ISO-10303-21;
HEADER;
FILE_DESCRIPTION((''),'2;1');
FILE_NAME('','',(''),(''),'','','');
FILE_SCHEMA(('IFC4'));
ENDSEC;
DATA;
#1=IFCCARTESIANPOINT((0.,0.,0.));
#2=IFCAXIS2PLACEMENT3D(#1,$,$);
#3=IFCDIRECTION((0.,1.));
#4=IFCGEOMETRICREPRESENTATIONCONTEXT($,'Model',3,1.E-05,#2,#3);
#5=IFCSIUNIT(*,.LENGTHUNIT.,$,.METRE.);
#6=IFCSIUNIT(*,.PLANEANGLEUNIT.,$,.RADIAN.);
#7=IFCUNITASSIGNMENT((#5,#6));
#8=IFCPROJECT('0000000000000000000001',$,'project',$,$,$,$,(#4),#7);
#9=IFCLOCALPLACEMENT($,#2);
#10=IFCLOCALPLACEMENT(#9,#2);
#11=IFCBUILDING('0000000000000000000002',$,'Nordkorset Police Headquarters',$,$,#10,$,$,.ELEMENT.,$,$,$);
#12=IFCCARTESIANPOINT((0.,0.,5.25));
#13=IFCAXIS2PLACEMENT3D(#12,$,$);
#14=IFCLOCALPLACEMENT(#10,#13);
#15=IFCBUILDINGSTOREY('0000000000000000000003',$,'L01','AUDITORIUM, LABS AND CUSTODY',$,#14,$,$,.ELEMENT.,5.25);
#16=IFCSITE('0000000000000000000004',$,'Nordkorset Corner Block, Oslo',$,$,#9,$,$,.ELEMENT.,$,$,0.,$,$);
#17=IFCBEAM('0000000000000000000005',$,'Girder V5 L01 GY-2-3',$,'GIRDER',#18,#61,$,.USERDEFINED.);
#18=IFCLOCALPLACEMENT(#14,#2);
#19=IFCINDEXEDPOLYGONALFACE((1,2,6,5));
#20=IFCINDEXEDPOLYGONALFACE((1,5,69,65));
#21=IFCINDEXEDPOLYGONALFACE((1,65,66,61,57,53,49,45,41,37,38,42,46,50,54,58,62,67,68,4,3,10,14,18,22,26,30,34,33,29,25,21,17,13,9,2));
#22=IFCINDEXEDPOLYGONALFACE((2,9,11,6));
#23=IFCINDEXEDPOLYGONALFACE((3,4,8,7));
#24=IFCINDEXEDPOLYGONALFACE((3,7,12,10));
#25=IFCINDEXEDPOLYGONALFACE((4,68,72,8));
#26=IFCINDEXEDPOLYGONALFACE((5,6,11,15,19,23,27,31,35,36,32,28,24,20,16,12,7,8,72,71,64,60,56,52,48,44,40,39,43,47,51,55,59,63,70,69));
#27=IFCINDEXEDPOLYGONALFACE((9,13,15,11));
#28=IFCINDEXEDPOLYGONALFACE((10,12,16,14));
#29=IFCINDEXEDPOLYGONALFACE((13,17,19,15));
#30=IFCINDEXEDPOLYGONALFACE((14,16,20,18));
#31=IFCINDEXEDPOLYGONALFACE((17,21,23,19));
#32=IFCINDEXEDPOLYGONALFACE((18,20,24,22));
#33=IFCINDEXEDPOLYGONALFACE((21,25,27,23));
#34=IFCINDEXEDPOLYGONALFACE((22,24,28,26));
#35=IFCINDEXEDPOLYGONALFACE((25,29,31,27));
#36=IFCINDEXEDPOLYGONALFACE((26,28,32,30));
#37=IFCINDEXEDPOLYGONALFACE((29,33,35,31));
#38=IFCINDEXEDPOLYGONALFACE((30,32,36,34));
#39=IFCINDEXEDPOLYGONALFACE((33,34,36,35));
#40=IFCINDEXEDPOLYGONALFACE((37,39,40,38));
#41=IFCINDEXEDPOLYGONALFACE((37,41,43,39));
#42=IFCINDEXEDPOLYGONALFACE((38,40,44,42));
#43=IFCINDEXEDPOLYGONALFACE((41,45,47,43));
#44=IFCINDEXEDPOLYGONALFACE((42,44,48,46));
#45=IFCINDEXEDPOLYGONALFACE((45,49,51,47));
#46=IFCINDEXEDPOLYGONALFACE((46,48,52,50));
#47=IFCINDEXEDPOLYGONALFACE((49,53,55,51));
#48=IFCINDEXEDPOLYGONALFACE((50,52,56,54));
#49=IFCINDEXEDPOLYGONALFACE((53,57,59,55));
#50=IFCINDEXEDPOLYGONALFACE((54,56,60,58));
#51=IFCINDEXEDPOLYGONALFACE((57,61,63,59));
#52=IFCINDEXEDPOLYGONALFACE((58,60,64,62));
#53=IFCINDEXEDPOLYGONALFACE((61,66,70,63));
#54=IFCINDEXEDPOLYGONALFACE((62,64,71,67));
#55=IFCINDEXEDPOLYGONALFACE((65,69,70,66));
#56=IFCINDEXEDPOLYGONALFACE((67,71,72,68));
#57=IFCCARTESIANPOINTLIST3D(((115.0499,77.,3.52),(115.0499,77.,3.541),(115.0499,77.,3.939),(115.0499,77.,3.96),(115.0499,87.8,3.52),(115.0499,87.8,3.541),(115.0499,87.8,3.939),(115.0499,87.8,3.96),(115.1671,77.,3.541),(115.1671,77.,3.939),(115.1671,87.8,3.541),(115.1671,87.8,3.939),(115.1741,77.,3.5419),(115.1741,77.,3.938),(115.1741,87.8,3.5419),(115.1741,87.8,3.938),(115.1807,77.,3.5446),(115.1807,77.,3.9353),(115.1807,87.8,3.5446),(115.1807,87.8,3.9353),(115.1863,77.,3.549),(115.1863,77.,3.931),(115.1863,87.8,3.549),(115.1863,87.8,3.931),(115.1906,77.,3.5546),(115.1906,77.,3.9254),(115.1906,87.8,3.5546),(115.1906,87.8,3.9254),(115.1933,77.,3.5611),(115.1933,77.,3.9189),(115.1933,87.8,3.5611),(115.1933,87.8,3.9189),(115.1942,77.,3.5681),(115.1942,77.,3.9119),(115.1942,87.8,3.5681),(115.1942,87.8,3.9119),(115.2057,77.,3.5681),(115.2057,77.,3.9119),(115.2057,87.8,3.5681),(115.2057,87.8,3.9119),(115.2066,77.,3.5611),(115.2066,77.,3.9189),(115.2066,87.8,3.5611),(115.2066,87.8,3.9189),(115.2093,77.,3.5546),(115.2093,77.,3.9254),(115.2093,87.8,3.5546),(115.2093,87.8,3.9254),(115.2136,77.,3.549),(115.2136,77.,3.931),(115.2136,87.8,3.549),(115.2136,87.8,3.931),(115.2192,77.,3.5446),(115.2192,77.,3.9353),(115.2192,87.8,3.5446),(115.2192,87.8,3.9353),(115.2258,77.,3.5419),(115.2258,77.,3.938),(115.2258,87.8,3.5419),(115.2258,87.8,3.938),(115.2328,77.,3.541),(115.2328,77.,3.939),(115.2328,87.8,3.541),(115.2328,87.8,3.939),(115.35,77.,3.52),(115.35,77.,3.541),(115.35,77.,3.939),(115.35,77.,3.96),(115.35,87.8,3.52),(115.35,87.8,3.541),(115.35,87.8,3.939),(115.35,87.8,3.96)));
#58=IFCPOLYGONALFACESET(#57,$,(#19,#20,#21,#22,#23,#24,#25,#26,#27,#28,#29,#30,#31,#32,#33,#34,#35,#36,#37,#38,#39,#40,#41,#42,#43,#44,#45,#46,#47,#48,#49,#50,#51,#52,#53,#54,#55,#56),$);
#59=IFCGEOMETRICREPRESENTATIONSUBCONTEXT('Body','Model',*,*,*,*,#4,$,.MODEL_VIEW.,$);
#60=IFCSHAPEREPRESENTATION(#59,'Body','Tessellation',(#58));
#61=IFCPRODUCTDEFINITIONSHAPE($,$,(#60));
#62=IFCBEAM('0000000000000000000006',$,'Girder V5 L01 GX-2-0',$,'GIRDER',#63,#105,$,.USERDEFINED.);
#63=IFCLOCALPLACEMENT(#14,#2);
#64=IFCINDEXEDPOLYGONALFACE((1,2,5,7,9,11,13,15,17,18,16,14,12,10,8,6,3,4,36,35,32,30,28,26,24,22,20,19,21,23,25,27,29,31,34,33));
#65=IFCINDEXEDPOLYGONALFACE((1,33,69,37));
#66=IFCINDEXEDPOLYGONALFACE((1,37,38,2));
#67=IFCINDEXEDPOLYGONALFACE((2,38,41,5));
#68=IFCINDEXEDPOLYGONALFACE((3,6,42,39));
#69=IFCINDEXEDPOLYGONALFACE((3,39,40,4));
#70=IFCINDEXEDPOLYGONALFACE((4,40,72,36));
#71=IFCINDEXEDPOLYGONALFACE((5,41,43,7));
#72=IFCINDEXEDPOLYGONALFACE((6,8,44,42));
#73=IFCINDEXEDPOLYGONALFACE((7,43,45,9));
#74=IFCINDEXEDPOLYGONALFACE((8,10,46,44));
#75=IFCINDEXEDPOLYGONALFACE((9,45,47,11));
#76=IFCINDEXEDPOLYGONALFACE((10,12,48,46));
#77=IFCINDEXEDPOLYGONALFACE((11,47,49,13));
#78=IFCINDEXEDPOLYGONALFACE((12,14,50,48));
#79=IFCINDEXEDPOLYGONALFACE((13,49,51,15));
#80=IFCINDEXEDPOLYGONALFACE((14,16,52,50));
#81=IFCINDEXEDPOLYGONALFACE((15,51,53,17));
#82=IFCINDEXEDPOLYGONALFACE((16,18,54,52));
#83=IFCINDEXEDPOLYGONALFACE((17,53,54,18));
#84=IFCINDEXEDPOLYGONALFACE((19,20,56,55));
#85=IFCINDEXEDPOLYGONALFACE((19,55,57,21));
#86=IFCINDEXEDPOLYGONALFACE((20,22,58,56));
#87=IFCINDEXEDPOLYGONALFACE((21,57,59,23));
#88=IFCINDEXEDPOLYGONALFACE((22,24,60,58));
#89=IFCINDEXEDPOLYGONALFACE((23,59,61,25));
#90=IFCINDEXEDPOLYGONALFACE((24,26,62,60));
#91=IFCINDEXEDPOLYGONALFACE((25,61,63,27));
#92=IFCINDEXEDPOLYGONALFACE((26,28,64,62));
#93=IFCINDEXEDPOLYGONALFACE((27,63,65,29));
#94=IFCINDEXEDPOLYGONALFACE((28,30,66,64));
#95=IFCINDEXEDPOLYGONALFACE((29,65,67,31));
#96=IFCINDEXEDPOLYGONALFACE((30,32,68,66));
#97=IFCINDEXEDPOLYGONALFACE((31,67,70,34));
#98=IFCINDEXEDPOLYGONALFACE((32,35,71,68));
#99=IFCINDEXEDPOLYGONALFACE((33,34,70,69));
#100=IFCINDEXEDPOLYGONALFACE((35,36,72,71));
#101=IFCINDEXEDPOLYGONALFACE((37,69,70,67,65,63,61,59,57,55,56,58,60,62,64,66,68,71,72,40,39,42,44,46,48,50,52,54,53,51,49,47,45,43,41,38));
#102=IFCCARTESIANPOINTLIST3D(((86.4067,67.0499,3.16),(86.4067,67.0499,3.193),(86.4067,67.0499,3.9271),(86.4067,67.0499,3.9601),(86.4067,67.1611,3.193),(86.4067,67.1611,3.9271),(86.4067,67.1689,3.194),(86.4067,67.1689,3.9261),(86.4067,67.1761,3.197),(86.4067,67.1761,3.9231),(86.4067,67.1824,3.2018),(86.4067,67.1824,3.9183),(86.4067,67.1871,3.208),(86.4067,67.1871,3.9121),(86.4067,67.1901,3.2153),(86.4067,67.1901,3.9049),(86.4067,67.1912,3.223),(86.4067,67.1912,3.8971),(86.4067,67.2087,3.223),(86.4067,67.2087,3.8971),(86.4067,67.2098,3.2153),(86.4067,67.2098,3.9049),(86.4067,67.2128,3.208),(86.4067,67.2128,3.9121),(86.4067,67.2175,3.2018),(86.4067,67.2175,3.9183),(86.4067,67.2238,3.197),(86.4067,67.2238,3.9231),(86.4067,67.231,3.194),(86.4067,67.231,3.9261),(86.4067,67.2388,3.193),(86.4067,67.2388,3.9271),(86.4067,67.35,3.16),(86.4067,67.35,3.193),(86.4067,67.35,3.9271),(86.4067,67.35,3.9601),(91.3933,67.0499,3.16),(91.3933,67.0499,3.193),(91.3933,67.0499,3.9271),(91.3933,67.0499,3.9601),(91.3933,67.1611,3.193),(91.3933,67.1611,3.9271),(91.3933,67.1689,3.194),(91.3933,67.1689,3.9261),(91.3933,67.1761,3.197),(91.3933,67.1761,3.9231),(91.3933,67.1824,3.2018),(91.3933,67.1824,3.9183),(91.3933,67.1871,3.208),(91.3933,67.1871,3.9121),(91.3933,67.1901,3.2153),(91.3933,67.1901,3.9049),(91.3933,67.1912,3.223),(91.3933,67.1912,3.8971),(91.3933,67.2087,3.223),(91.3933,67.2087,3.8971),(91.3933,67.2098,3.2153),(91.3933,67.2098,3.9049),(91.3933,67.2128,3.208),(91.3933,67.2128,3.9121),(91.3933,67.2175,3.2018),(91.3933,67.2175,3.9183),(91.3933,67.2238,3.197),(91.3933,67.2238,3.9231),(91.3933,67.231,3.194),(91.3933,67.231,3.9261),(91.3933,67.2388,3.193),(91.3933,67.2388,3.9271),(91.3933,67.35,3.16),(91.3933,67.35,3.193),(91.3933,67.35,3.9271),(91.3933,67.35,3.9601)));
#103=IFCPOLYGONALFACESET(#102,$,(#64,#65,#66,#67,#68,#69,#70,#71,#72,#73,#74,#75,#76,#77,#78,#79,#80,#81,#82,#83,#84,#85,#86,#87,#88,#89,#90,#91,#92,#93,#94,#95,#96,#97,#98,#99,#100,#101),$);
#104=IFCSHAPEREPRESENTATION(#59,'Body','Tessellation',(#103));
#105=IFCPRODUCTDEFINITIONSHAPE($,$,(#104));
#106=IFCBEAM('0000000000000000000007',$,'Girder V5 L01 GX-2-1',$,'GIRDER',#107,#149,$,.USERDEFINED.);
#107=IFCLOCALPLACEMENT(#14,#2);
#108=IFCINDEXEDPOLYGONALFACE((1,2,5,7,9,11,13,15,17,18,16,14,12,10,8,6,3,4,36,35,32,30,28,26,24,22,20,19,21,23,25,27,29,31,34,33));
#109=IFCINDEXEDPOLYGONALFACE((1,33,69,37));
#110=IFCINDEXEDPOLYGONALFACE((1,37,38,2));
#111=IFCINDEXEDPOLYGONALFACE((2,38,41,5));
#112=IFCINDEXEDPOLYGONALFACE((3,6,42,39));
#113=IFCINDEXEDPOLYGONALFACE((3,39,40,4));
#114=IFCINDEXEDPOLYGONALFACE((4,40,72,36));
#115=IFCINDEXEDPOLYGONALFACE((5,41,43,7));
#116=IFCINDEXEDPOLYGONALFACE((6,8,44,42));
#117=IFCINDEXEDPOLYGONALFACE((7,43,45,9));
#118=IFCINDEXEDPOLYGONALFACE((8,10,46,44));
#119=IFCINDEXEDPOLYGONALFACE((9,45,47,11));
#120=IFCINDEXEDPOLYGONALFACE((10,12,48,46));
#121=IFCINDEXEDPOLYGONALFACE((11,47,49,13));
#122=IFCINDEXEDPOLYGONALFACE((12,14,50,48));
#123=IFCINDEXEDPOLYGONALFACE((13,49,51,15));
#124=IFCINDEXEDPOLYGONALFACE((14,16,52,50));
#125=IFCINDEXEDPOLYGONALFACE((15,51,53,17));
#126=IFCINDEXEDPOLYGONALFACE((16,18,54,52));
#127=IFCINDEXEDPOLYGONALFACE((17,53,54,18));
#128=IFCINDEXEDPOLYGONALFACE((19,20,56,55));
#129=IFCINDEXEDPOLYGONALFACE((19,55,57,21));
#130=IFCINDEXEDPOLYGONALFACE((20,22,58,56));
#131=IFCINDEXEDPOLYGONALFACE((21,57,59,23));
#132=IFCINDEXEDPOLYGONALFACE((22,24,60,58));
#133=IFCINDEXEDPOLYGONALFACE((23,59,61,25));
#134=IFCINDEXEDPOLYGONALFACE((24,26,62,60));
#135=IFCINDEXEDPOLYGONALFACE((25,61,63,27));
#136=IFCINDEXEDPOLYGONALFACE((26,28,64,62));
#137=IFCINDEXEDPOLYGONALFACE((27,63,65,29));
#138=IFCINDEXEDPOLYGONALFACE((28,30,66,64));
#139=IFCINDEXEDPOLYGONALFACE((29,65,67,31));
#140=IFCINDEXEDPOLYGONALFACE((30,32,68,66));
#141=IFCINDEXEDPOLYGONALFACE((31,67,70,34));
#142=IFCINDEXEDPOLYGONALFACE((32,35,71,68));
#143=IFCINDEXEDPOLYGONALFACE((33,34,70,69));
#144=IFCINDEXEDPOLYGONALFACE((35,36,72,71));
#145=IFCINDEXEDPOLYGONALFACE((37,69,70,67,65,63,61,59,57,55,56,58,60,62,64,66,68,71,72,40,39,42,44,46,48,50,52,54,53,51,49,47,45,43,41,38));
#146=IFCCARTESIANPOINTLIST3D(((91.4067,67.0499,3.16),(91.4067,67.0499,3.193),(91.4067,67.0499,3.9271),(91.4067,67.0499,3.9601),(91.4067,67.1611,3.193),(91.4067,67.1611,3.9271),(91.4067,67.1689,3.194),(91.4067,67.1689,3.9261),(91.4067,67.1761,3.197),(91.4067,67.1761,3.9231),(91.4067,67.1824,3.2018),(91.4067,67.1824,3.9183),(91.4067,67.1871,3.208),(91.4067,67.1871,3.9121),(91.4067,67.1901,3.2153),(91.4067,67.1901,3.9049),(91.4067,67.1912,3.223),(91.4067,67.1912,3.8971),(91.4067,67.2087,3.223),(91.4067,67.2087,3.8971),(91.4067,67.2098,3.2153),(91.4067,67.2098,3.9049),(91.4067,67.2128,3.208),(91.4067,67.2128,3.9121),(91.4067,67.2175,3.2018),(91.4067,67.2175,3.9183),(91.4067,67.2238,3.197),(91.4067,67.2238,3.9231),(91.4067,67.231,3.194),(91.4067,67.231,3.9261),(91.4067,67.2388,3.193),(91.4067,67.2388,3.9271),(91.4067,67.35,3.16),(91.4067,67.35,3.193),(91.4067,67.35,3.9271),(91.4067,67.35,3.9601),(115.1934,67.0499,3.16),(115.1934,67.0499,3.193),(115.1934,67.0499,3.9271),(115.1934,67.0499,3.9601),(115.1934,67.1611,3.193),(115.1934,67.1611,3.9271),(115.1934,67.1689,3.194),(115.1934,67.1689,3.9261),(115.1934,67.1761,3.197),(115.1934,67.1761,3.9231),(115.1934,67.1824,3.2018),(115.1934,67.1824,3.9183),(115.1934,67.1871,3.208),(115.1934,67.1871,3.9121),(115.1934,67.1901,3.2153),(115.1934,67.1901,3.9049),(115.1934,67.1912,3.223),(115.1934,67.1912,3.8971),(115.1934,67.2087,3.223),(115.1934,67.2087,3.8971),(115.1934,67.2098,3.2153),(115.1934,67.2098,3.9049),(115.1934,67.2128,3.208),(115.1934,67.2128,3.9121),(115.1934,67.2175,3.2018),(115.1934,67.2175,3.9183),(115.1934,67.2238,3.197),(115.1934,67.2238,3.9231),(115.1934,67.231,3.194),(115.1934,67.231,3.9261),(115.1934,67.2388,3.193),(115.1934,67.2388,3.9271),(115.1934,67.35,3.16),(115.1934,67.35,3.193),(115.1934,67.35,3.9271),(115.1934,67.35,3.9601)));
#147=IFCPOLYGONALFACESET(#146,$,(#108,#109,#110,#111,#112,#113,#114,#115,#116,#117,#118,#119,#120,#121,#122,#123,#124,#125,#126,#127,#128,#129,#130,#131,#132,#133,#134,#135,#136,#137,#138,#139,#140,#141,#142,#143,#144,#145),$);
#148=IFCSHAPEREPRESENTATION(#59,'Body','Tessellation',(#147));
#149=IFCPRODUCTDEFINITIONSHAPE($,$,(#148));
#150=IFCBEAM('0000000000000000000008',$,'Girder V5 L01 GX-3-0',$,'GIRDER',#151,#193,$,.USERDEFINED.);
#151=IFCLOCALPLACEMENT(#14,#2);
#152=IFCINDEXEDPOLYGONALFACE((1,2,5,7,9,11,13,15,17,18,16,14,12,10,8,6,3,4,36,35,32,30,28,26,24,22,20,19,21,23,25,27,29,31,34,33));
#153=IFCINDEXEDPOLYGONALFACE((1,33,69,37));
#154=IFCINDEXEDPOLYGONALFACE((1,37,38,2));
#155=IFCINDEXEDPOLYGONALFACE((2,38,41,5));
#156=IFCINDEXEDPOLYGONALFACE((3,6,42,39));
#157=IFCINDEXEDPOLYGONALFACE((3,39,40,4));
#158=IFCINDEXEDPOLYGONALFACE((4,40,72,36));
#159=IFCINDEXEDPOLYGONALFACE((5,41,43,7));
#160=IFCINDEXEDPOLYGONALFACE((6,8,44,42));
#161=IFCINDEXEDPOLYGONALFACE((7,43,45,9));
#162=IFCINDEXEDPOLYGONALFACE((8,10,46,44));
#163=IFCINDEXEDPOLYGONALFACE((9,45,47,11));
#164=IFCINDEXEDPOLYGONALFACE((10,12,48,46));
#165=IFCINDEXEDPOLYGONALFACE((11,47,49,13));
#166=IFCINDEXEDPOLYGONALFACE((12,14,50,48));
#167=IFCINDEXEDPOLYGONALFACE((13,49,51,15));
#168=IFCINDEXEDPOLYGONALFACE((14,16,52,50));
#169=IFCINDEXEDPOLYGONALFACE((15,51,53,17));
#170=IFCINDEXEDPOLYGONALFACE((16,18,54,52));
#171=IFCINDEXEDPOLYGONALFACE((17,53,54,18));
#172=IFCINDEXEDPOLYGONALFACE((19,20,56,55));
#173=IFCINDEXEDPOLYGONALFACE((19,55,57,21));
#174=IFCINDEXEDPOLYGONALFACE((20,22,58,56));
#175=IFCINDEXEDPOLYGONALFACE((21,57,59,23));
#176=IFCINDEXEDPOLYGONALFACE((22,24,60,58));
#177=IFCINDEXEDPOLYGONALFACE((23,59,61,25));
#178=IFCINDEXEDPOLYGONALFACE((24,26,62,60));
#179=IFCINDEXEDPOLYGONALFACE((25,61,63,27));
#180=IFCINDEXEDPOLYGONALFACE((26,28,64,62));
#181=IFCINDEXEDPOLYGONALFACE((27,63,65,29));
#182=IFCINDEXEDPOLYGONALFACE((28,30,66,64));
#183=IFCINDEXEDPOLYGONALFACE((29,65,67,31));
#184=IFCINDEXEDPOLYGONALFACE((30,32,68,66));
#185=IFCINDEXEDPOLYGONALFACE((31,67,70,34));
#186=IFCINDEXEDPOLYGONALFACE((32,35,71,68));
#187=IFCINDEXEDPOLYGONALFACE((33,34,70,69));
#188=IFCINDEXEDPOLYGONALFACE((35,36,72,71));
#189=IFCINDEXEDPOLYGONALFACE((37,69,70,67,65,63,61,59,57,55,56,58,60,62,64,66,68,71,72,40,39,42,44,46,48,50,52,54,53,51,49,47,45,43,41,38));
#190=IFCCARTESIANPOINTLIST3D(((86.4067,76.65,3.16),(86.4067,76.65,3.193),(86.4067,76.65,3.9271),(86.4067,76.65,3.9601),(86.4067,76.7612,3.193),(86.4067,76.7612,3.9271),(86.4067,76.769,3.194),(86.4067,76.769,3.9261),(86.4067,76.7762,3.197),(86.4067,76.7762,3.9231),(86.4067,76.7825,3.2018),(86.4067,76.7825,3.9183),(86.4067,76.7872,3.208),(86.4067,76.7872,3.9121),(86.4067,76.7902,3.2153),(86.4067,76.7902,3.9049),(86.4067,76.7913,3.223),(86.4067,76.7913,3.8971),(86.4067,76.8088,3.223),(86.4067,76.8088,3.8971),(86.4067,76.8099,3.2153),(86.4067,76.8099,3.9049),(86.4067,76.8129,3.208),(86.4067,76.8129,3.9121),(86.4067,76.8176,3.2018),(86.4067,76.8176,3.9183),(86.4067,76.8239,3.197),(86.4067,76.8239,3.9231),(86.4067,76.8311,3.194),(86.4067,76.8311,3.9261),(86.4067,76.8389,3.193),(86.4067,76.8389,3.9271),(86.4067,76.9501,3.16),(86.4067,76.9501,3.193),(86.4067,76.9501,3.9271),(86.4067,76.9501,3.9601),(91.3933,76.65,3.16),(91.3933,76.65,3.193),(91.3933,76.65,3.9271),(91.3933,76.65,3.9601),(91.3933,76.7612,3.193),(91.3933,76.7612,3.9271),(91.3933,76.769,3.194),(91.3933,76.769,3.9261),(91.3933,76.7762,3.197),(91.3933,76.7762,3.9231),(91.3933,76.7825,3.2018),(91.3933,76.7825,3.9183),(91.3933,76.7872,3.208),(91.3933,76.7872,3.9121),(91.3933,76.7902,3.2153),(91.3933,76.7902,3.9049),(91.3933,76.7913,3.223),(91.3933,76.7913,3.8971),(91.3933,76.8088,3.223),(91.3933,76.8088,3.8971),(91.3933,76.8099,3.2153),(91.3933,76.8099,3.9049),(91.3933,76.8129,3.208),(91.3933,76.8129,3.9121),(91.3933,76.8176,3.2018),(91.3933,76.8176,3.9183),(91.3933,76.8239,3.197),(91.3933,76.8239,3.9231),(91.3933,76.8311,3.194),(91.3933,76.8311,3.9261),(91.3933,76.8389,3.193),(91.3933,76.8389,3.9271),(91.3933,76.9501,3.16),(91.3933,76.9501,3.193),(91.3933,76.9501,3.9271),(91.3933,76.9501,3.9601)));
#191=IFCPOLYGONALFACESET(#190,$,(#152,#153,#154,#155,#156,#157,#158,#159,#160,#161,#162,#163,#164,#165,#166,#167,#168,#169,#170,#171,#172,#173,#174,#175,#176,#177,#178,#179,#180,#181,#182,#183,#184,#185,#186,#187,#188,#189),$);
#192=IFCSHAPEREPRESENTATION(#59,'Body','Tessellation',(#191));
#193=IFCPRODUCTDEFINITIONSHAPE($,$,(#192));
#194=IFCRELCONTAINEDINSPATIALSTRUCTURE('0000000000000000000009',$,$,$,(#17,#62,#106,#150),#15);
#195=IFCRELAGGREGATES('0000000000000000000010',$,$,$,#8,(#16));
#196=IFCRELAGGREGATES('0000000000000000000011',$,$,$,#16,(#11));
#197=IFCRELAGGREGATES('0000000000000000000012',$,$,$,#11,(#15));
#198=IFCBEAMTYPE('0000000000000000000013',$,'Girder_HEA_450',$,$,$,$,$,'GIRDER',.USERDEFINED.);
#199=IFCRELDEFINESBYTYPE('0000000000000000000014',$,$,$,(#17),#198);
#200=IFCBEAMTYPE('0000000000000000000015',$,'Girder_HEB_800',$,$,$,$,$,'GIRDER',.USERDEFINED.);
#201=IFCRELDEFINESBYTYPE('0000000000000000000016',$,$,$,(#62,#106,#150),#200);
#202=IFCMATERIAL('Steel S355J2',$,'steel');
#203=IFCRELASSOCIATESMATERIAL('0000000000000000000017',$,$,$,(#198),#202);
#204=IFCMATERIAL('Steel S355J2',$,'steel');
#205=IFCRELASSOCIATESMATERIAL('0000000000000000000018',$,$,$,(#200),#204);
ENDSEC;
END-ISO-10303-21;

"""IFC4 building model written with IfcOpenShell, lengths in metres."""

from ifc_helpers import new_model, si_unit, direction, frame, origin, origin_2d, place, context, subcontext, project, spatial, i_section, extrude, material, material_profile, profile_set, type_object, element, save


model = new_model("IFC4")

# Units and contexts
model_context = context("Model", 3, precision=1e-05, world=origin(), true_north=direction((0.0, 1.0)))
body_context = subcontext(model_context, "Body", "Model", "MODEL_VIEW")
ifc_project = project(units=[si_unit("LENGTHUNIT", "METRE"), si_unit("PLANEANGLEUNIT", "RADIAN")], contexts=[model_context])

# Site, building, storey
site_placement = place(None, origin())
site = spatial("IfcSite", under=ifc_project, at=site_placement, Name="Nordkorset Corner Block, Oslo", CompositionType="ELEMENT", RefElevation=0.0)
building_placement = place(site_placement, origin())
building = spatial("IfcBuilding", under=site, at=building_placement, Name="Nordkorset Police Headquarters", CompositionType="ELEMENT")
storey_placement = place(building_placement, frame((0.0, 0.0, 5.25)))
storey = spatial("IfcBuildingStorey", under=building, at=storey_placement, Name="L01", Description="AUDITORIUM, LABS AND CUSTODY", CompositionType="ELEMENT", Elevation=5.25)

# Beams
ifc_material_1 = material(Name="Steel S355J2", Category="steel")
ifc_material_profile_1 = material_profile(ifc_material_1, i_section(OverallWidth=0.3, OverallDepth=0.4399, WebThickness=0.0115, FlangeThickness=0.021, FilletRadius=0.0271, at=origin_2d()), Name="HEA 450")
ifc_profile_set_1 = profile_set([ifc_material_profile_1], Name="Steel S355J2")
beam_type_1 = type_object("IfcBeamType", Name="Girder_HEA_450", ElementType="GIRDER", PredefinedType="USERDEFINED", material=ifc_profile_set_1)
beam_1_placement = place(storey_placement, frame((115.2, 77.0, 3.74), z_axis=(0.0, 1.0, 0.0), x_axis=(-1.0, 0.0, 0.0)))
element("IfcBeam", 1, at=beam_1_placement, inside=storey, type_object=beam_type_1, Name="Girder V5 L01 GY-2-3", ObjectType="GIRDER", PredefinedType="USERDEFINED", context=body_context, shape_type="SweptSolid", body=[
    extrude(i_section(OverallWidth=0.3, OverallDepth=0.4399, WebThickness=0.0115, FlangeThickness=0.021, FilletRadius=0.0271, at=origin_2d()), origin(), (0.0, 0.0, 1.0), 10.8),
])
ifc_material_2 = material(Name="Steel S355J2", Category="steel")
ifc_material_profile_2 = material_profile(ifc_material_2, i_section(OverallWidth=0.3, OverallDepth=0.8, WebThickness=0.0176, FlangeThickness=0.033, FilletRadius=0.03, at=origin_2d()), Name="HEB 800")
ifc_profile_set_2 = profile_set([ifc_material_profile_2], Name="Steel S355J2")
beam_type_2 = type_object("IfcBeamType", Name="Girder_HEB_800", ElementType="GIRDER", PredefinedType="USERDEFINED", material=ifc_profile_set_2)
beam_2_placement = place(storey_placement, frame((86.4067, 67.2, 3.5601), z_axis=(1.0, 0.0, 0.0), x_axis=(0.0, 1.0, 0.0)))
element("IfcBeam", 2, at=beam_2_placement, inside=storey, type_object=beam_type_2, Name="Girder V5 L01 GX-2-0", ObjectType="GIRDER", PredefinedType="USERDEFINED", context=body_context, shape_type="SweptSolid", body=[
    extrude(i_section(OverallWidth=0.3, OverallDepth=0.8, WebThickness=0.0176, FlangeThickness=0.033, FilletRadius=0.03, at=origin_2d()), origin(), (0.0, 0.0, 1.0), 4.9866),
])
beam_3_placement = place(storey_placement, frame((91.4067, 67.2, 3.5601), z_axis=(1.0, 0.0, 0.0), x_axis=(0.0, 1.0, 0.0)))
element("IfcBeam", 3, at=beam_3_placement, inside=storey, type_object=beam_type_2, Name="Girder V5 L01 GX-2-1", ObjectType="GIRDER", PredefinedType="USERDEFINED", context=body_context, shape_type="SweptSolid", body=[
    extrude(i_section(OverallWidth=0.3, OverallDepth=0.8, WebThickness=0.0176, FlangeThickness=0.033, FilletRadius=0.03, at=origin_2d()), origin(), (0.0, 0.0, 1.0), 23.7866),
])
beam_4_placement = place(storey_placement, frame((86.4067, 76.8, 3.5601), z_axis=(1.0, 0.0, 0.0), x_axis=(0.0, 1.0, 0.0)))
element("IfcBeam", 4, at=beam_4_placement, inside=storey, type_object=beam_type_2, Name="Girder V5 L01 GX-3-0", ObjectType="GIRDER", PredefinedType="USERDEFINED", context=body_context, shape_type="SweptSolid", body=[
    extrude(i_section(OverallWidth=0.3, OverallDepth=0.8, WebThickness=0.0176, FlangeThickness=0.033, FilletRadius=0.03, at=origin_2d()), origin(), (0.0, 0.0, 1.0), 4.9866),
])

save(model, "model.ifc")
